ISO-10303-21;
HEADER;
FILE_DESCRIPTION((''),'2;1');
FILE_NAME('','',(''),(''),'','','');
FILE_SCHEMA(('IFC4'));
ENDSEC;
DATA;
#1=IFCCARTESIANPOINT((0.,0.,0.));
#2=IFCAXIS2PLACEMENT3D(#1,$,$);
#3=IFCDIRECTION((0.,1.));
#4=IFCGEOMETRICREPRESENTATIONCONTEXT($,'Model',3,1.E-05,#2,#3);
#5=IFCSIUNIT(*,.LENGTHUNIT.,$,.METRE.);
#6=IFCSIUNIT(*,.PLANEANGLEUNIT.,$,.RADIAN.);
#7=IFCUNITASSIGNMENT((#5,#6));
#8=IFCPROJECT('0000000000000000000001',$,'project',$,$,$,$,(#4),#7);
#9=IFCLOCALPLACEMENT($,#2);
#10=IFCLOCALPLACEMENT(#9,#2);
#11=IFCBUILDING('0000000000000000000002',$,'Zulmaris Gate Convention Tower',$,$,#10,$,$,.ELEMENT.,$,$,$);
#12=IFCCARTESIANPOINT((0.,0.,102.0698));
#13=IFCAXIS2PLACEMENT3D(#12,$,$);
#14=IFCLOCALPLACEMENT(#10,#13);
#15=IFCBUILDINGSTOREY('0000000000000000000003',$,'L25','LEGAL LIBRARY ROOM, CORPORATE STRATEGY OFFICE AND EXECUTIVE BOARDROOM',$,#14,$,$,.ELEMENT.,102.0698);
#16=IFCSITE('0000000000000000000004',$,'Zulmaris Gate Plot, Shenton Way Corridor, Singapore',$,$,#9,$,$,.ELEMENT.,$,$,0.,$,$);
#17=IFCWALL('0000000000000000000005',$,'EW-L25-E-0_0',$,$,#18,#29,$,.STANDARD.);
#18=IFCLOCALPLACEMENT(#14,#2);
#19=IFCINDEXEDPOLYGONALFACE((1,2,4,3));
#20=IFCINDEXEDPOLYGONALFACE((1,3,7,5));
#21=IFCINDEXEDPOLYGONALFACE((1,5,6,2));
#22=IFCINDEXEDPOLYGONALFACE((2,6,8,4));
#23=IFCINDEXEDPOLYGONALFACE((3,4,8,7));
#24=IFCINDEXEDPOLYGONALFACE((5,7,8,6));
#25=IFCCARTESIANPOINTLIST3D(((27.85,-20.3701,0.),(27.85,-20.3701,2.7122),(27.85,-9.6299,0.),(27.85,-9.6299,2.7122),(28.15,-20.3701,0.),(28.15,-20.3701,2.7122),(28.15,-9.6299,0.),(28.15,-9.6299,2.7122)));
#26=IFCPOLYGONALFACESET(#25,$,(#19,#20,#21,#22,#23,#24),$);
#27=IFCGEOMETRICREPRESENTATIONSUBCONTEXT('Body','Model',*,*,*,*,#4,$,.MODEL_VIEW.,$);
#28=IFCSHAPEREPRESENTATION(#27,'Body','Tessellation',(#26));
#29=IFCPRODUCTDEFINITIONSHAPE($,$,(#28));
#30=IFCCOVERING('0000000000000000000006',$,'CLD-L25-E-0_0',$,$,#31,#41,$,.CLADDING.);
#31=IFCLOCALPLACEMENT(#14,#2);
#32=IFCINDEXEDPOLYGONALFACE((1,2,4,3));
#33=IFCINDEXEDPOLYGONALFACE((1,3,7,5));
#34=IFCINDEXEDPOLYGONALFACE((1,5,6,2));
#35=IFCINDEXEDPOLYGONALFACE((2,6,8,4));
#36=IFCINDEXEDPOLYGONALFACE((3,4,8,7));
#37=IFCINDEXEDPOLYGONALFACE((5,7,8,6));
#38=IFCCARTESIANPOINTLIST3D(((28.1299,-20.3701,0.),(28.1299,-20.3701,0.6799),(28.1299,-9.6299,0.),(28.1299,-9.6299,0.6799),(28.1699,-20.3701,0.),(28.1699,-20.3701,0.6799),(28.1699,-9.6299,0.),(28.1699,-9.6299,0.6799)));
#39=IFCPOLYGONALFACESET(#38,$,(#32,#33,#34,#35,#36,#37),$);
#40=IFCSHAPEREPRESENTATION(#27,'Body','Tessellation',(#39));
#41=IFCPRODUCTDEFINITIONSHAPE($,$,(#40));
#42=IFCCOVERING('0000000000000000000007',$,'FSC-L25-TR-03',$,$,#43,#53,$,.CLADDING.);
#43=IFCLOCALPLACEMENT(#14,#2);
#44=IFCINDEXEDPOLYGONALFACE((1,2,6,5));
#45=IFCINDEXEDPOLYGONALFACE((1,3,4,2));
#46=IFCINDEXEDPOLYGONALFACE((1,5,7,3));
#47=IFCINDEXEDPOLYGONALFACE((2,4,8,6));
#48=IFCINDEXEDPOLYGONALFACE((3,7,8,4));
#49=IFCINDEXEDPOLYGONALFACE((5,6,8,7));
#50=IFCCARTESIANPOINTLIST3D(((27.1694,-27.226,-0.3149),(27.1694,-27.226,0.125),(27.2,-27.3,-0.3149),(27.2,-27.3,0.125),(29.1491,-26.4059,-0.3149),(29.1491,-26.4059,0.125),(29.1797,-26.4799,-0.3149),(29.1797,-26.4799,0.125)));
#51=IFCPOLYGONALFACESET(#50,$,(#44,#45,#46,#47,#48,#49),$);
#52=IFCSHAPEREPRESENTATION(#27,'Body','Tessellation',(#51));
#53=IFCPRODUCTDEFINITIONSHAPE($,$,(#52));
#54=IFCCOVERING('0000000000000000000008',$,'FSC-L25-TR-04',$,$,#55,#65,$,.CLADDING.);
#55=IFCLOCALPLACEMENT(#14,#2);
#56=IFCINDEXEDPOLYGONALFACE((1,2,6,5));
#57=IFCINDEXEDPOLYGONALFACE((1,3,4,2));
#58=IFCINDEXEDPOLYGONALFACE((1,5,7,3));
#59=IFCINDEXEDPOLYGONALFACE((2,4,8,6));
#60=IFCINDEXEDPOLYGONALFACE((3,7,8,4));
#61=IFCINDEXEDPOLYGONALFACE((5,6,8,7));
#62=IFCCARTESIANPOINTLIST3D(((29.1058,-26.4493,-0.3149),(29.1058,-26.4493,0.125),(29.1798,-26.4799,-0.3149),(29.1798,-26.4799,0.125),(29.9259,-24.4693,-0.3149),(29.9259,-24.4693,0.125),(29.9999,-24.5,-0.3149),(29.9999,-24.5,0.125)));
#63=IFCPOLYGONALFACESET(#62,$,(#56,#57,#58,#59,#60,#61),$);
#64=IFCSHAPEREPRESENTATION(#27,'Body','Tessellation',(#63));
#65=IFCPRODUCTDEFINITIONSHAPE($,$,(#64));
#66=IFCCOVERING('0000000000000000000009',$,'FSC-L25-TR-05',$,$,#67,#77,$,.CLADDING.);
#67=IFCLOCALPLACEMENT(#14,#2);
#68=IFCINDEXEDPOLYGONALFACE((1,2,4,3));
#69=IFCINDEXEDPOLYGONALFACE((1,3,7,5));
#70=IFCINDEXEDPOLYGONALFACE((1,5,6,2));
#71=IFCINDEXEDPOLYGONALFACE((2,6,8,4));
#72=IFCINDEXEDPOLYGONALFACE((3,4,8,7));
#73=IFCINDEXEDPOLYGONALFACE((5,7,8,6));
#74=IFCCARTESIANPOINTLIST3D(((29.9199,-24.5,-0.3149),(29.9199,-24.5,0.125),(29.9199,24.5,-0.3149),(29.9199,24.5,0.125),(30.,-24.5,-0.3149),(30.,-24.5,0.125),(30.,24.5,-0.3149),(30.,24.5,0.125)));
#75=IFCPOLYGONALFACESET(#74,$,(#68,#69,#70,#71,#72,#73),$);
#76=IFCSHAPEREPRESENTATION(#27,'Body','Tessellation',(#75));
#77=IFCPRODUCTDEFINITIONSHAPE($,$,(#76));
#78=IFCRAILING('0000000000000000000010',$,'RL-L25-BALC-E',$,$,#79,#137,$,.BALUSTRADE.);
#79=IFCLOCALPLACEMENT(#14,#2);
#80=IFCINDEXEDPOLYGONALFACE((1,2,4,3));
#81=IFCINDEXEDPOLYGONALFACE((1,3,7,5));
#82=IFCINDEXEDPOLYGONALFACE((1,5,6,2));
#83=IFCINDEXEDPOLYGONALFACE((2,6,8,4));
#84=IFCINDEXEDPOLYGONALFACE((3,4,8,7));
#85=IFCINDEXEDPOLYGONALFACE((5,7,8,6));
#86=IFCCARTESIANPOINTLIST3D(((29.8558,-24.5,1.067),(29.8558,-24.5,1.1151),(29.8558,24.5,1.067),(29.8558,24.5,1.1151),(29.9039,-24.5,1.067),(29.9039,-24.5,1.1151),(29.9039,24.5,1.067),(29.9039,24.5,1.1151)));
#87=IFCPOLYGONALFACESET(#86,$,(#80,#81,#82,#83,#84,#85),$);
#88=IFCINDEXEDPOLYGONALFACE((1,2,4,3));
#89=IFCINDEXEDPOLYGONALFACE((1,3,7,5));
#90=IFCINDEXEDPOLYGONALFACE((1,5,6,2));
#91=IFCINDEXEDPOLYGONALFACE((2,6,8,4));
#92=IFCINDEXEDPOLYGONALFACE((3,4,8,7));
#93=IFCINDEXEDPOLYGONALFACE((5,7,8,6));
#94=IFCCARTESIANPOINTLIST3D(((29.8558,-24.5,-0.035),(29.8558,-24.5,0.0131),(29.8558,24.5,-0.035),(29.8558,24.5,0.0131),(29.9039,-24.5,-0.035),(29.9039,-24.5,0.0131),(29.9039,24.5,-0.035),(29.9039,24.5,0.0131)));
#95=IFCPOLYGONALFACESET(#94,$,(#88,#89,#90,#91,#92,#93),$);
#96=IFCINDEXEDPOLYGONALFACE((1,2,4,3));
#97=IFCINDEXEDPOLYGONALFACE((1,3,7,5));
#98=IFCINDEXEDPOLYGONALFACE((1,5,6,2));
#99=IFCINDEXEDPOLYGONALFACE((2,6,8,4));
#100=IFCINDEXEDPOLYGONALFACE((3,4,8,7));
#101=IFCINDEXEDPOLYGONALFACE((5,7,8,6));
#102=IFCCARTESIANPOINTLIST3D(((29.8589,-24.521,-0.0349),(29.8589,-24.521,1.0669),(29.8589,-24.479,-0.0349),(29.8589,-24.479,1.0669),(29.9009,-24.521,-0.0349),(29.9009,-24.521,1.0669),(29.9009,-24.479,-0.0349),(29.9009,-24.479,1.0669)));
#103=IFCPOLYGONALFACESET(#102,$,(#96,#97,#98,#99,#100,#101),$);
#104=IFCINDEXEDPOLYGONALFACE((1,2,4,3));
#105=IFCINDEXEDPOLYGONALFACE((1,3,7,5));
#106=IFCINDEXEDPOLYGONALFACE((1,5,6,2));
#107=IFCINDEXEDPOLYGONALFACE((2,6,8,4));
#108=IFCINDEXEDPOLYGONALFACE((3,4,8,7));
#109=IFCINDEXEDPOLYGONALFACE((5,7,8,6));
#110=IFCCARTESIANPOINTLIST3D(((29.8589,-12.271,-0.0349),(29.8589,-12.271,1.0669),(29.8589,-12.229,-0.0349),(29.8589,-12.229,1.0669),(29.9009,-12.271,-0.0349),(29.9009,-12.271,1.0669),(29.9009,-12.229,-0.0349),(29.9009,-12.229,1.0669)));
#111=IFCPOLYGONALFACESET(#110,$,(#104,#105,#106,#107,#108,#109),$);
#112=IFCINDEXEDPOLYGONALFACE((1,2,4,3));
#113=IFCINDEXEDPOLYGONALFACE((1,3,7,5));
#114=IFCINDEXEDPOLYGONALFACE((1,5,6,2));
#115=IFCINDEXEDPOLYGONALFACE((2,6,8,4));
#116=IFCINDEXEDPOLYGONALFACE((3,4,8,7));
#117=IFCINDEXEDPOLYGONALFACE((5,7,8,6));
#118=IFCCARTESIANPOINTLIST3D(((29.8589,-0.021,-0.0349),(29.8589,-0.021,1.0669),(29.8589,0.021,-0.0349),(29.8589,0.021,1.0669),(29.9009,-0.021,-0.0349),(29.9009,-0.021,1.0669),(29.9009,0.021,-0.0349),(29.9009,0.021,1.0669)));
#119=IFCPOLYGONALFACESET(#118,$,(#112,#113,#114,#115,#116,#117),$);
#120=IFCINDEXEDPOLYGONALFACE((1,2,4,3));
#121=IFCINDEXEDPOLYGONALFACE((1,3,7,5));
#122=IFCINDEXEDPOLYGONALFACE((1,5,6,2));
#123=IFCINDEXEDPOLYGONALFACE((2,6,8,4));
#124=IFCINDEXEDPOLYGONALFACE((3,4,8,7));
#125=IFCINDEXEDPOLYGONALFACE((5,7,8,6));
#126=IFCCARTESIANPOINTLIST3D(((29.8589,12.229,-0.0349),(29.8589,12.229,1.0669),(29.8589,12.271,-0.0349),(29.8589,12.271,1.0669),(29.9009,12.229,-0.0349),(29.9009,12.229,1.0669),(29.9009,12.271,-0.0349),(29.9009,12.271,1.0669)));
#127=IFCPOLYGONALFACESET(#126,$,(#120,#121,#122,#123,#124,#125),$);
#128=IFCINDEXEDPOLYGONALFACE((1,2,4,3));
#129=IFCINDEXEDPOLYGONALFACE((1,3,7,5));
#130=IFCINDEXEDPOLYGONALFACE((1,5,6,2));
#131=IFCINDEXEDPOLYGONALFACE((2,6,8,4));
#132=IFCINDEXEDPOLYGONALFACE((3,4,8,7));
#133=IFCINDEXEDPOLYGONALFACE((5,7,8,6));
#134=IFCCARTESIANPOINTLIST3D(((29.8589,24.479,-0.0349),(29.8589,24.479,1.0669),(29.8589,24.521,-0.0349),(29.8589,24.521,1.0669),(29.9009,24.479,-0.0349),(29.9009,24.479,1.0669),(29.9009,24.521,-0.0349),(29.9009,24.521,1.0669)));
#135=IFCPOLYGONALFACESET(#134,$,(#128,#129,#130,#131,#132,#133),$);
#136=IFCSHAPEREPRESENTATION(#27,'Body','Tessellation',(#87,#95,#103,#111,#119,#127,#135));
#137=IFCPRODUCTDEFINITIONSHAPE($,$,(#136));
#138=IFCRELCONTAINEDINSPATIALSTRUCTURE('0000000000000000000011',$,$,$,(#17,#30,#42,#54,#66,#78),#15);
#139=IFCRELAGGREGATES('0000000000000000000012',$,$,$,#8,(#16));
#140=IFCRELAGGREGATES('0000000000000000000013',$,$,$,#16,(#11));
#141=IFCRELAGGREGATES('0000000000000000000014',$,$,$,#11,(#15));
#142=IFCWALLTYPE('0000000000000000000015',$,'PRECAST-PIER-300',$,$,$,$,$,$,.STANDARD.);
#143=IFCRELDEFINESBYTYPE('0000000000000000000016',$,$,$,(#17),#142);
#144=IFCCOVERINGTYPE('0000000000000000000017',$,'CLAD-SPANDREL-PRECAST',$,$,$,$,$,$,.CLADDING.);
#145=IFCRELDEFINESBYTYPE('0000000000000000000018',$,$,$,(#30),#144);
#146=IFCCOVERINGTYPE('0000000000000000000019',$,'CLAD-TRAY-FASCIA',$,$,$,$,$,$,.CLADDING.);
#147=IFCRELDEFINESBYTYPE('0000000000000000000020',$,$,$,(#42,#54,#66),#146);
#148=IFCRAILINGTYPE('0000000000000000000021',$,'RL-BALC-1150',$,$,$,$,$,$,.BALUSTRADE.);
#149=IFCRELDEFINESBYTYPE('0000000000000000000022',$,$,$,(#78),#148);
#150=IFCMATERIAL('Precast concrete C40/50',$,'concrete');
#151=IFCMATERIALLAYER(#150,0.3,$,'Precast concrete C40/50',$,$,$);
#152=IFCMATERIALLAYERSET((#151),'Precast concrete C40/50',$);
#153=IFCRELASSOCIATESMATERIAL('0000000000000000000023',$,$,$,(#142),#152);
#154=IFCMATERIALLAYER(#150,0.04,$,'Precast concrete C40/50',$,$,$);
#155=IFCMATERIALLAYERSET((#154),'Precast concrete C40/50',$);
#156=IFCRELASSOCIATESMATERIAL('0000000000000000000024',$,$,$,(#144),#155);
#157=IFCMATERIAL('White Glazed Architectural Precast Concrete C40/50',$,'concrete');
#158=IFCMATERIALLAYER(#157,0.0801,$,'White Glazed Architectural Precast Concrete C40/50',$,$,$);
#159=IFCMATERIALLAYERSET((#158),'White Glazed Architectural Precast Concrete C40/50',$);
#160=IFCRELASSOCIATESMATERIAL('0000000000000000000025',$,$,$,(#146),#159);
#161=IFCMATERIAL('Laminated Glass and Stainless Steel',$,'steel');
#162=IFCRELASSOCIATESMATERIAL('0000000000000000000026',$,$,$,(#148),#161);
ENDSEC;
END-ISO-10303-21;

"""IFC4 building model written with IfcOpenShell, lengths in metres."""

from ifc_helpers import new_model, si_unit, direction, frame, frame_2d, origin, origin_2d, place, context, subcontext, project, spatial, rectangle, extrude, material, layer, layer_set, type_object, element, save


model = new_model("IFC4")

# Units and contexts
model_context = context("Model", 3, precision=1e-05, world=origin(), true_north=direction((0.0, 1.0)))
body_context = subcontext(model_context, "Body", "Model", "MODEL_VIEW")
ifc_project = project(units=[si_unit("LENGTHUNIT", "METRE"), si_unit("PLANEANGLEUNIT", "RADIAN")], contexts=[model_context])

# Site, building, storey
site_placement = place(None, origin())
site = spatial("IfcSite", under=ifc_project, at=site_placement, Name="Zulmaris Gate Plot, Shenton Way Corridor, Singapore", CompositionType="ELEMENT", RefElevation=0.0)
building_placement = place(site_placement, origin())
building = spatial("IfcBuilding", under=site, at=building_placement, Name="Zulmaris Gate Convention Tower", CompositionType="ELEMENT")
storey_placement = place(building_placement, frame((0.0, 0.0, 102.0698)))
storey = spatial("IfcBuildingStorey", under=building, at=storey_placement, Name="L25", Description="LEGAL LIBRARY ROOM, CORPORATE STRATEGY OFFICE AND EXECUTIVE BOARDROOM", CompositionType="ELEMENT", Elevation=102.0698)

# Shared definitions
ifc_material_1 = material(Name="Precast concrete C40/50", Category="concrete")
ifc_layer_1 = layer(ifc_material_1, 0.3, Name="Precast concrete C40/50")
ifc_layer_set_1 = layer_set([ifc_layer_1], Name="Precast concrete C40/50")
wall_type_1 = type_object("IfcWallType", Name="PRECAST-PIER-300", PredefinedType="STANDARD", material=ifc_layer_set_1)

# Wall
wall_1_placement = place(storey_placement, frame((28.0, -20.3701, 0.0), z_axis=(0.0, 0.0, 1.0), x_axis=(0.0, 1.0, 0.0)))
element("IfcWall", 1, at=wall_1_placement, inside=storey, type_object=wall_type_1, Name="EW-L25-E-0_0", PredefinedType="STANDARD", context=body_context, shape_type="SweptSolid", body=[
    extrude(rectangle(XDim=10.7402, YDim=0.3, at=frame_2d((5.3701, 0.0))), origin(), (0.0, 0.0, 1.0), 2.7122),
])

# Coverings
ifc_layer_2 = layer(ifc_material_1, 0.04, Name="Precast concrete C40/50")
ifc_layer_set_2 = layer_set([ifc_layer_2], Name="Precast concrete C40/50")
covering_type_1 = type_object("IfcCoveringType", Name="CLAD-SPANDREL-PRECAST", PredefinedType="CLADDING", material=ifc_layer_set_2)
covering_1_placement = place(storey_placement, frame((28.1499, -20.3701, 0.0), z_axis=(0.0, 0.0, 1.0), x_axis=(0.0, 1.0, 0.0)))
element("IfcCovering", 2, at=covering_1_placement, inside=storey, type_object=covering_type_1, Name="CLD-L25-E-0_0", PredefinedType="CLADDING", context=body_context, shape_type="SweptSolid", body=[
    extrude(rectangle(XDim=10.7402, YDim=0.04, at=frame_2d((5.3701, 0.0))), origin(), (0.0, 0.0, 1.0), 0.6799),
])
ifc_material_2 = material(Name="White Glazed Architectural Precast Concrete C40/50", Category="concrete")
ifc_layer_3 = layer(ifc_material_2, 0.0801, Name="White Glazed Architectural Precast Concrete C40/50")
ifc_layer_set_3 = layer_set([ifc_layer_3], Name="White Glazed Architectural Precast Concrete C40/50")
covering_type_2 = type_object("IfcCoveringType", Name="CLAD-TRAY-FASCIA", PredefinedType="CLADDING", material=ifc_layer_set_3)
covering_2_placement = place(storey_placement, frame((27.1848, -27.2629, -0.3149), z_axis=(0.0, 0.0, 1.0), x_axis=(0.923874, 0.382697, 0.0)))
element("IfcCovering", 3, at=covering_2_placement, inside=storey, type_object=covering_type_2, Name="FSC-L25-TR-03", PredefinedType="CLADDING", context=body_context, shape_type="SweptSolid", body=[
    extrude(rectangle(XDim=2.1428, YDim=0.0801, at=frame_2d((1.0713, 0.0))), origin(), (0.0, 0.0, 1.0), 0.4399),
])
covering_3_placement = place(storey_placement, frame((29.1428, -26.4646, -0.3149), z_axis=(0.0, 0.0, 1.0), x_axis=(0.382657, 0.92389, 0.0)))
element("IfcCovering", 4, at=covering_3_placement, inside=storey, type_object=covering_type_2, Name="FSC-L25-TR-04", PredefinedType="CLADDING", context=body_context, shape_type="SweptSolid", body=[
    extrude(rectangle(XDim=2.1431, YDim=0.0801, at=frame_2d((1.0715, 0.0))), origin(), (0.0, 0.0, 1.0), 0.4399),
])
covering_4_placement = place(storey_placement, frame((29.96, -24.5, -0.3149), z_axis=(0.0, 0.0, 1.0), x_axis=(0.0, 1.0, 0.0)))
element("IfcCovering", 5, at=covering_4_placement, inside=storey, type_object=covering_type_2, Name="FSC-L25-TR-05", PredefinedType="CLADDING", context=body_context, shape_type="SweptSolid", body=[
    extrude(rectangle(XDim=49.0, YDim=0.0801, at=frame_2d((24.5, 0.0))), origin(), (0.0, 0.0, 1.0), 0.4399),
])

# Railing
ifc_material_3 = material(Name="Laminated Glass and Stainless Steel", Category="steel")
railing_type = type_object("IfcRailingType", Name="RL-BALC-1150", PredefinedType="BALUSTRADE", material=ifc_material_3)
railing_placement = place(storey_placement, frame((29.8799, -24.5, -0.0349)))
element("IfcRailing", 6, at=railing_placement, inside=storey, type_object=railing_type, Name="RL-L25-BALC-E", PredefinedType="BALUSTRADE", context=body_context, shape_type="SweptSolid", body=[
    extrude(rectangle(XDim=0.0481, YDim=0.0481, at=origin_2d()), frame((0.0, 0.0, 1.126), z_axis=(0.0, 1.0, 0.0), x_axis=(-1.0, 0.0, 0.0)), (0.0, 0.0, 1.0), 49.0),
    extrude(rectangle(XDim=0.0481, YDim=0.0481, at=origin_2d()), frame((0.0, 0.0, 0.0239), z_axis=(0.0, 1.0, 0.0), x_axis=(-1.0, 0.0, 0.0)), (0.0, 0.0, 1.0), 49.0),
    extrude(rectangle(XDim=0.042, YDim=0.042, at=origin_2d()), origin(), (0.0, 0.0, 1.0), 1.1018),
    extrude(rectangle(XDim=0.042, YDim=0.042, at=origin_2d()), frame((0.0, 12.25, 0.0)), (0.0, 0.0, 1.0), 1.1018),
    extrude(rectangle(XDim=0.042, YDim=0.042, at=origin_2d()), frame((0.0, 24.5, 0.0)), (0.0, 0.0, 1.0), 1.1018),
    extrude(rectangle(XDim=0.042, YDim=0.042, at=origin_2d()), frame((0.0, 36.75, 0.0)), (0.0, 0.0, 1.0), 1.1018),
    extrude(rectangle(XDim=0.042, YDim=0.042, at=origin_2d()), frame((0.0, 49.0, 0.0)), (0.0, 0.0, 1.0), 1.1018),
])

save(model, "model.ifc")
